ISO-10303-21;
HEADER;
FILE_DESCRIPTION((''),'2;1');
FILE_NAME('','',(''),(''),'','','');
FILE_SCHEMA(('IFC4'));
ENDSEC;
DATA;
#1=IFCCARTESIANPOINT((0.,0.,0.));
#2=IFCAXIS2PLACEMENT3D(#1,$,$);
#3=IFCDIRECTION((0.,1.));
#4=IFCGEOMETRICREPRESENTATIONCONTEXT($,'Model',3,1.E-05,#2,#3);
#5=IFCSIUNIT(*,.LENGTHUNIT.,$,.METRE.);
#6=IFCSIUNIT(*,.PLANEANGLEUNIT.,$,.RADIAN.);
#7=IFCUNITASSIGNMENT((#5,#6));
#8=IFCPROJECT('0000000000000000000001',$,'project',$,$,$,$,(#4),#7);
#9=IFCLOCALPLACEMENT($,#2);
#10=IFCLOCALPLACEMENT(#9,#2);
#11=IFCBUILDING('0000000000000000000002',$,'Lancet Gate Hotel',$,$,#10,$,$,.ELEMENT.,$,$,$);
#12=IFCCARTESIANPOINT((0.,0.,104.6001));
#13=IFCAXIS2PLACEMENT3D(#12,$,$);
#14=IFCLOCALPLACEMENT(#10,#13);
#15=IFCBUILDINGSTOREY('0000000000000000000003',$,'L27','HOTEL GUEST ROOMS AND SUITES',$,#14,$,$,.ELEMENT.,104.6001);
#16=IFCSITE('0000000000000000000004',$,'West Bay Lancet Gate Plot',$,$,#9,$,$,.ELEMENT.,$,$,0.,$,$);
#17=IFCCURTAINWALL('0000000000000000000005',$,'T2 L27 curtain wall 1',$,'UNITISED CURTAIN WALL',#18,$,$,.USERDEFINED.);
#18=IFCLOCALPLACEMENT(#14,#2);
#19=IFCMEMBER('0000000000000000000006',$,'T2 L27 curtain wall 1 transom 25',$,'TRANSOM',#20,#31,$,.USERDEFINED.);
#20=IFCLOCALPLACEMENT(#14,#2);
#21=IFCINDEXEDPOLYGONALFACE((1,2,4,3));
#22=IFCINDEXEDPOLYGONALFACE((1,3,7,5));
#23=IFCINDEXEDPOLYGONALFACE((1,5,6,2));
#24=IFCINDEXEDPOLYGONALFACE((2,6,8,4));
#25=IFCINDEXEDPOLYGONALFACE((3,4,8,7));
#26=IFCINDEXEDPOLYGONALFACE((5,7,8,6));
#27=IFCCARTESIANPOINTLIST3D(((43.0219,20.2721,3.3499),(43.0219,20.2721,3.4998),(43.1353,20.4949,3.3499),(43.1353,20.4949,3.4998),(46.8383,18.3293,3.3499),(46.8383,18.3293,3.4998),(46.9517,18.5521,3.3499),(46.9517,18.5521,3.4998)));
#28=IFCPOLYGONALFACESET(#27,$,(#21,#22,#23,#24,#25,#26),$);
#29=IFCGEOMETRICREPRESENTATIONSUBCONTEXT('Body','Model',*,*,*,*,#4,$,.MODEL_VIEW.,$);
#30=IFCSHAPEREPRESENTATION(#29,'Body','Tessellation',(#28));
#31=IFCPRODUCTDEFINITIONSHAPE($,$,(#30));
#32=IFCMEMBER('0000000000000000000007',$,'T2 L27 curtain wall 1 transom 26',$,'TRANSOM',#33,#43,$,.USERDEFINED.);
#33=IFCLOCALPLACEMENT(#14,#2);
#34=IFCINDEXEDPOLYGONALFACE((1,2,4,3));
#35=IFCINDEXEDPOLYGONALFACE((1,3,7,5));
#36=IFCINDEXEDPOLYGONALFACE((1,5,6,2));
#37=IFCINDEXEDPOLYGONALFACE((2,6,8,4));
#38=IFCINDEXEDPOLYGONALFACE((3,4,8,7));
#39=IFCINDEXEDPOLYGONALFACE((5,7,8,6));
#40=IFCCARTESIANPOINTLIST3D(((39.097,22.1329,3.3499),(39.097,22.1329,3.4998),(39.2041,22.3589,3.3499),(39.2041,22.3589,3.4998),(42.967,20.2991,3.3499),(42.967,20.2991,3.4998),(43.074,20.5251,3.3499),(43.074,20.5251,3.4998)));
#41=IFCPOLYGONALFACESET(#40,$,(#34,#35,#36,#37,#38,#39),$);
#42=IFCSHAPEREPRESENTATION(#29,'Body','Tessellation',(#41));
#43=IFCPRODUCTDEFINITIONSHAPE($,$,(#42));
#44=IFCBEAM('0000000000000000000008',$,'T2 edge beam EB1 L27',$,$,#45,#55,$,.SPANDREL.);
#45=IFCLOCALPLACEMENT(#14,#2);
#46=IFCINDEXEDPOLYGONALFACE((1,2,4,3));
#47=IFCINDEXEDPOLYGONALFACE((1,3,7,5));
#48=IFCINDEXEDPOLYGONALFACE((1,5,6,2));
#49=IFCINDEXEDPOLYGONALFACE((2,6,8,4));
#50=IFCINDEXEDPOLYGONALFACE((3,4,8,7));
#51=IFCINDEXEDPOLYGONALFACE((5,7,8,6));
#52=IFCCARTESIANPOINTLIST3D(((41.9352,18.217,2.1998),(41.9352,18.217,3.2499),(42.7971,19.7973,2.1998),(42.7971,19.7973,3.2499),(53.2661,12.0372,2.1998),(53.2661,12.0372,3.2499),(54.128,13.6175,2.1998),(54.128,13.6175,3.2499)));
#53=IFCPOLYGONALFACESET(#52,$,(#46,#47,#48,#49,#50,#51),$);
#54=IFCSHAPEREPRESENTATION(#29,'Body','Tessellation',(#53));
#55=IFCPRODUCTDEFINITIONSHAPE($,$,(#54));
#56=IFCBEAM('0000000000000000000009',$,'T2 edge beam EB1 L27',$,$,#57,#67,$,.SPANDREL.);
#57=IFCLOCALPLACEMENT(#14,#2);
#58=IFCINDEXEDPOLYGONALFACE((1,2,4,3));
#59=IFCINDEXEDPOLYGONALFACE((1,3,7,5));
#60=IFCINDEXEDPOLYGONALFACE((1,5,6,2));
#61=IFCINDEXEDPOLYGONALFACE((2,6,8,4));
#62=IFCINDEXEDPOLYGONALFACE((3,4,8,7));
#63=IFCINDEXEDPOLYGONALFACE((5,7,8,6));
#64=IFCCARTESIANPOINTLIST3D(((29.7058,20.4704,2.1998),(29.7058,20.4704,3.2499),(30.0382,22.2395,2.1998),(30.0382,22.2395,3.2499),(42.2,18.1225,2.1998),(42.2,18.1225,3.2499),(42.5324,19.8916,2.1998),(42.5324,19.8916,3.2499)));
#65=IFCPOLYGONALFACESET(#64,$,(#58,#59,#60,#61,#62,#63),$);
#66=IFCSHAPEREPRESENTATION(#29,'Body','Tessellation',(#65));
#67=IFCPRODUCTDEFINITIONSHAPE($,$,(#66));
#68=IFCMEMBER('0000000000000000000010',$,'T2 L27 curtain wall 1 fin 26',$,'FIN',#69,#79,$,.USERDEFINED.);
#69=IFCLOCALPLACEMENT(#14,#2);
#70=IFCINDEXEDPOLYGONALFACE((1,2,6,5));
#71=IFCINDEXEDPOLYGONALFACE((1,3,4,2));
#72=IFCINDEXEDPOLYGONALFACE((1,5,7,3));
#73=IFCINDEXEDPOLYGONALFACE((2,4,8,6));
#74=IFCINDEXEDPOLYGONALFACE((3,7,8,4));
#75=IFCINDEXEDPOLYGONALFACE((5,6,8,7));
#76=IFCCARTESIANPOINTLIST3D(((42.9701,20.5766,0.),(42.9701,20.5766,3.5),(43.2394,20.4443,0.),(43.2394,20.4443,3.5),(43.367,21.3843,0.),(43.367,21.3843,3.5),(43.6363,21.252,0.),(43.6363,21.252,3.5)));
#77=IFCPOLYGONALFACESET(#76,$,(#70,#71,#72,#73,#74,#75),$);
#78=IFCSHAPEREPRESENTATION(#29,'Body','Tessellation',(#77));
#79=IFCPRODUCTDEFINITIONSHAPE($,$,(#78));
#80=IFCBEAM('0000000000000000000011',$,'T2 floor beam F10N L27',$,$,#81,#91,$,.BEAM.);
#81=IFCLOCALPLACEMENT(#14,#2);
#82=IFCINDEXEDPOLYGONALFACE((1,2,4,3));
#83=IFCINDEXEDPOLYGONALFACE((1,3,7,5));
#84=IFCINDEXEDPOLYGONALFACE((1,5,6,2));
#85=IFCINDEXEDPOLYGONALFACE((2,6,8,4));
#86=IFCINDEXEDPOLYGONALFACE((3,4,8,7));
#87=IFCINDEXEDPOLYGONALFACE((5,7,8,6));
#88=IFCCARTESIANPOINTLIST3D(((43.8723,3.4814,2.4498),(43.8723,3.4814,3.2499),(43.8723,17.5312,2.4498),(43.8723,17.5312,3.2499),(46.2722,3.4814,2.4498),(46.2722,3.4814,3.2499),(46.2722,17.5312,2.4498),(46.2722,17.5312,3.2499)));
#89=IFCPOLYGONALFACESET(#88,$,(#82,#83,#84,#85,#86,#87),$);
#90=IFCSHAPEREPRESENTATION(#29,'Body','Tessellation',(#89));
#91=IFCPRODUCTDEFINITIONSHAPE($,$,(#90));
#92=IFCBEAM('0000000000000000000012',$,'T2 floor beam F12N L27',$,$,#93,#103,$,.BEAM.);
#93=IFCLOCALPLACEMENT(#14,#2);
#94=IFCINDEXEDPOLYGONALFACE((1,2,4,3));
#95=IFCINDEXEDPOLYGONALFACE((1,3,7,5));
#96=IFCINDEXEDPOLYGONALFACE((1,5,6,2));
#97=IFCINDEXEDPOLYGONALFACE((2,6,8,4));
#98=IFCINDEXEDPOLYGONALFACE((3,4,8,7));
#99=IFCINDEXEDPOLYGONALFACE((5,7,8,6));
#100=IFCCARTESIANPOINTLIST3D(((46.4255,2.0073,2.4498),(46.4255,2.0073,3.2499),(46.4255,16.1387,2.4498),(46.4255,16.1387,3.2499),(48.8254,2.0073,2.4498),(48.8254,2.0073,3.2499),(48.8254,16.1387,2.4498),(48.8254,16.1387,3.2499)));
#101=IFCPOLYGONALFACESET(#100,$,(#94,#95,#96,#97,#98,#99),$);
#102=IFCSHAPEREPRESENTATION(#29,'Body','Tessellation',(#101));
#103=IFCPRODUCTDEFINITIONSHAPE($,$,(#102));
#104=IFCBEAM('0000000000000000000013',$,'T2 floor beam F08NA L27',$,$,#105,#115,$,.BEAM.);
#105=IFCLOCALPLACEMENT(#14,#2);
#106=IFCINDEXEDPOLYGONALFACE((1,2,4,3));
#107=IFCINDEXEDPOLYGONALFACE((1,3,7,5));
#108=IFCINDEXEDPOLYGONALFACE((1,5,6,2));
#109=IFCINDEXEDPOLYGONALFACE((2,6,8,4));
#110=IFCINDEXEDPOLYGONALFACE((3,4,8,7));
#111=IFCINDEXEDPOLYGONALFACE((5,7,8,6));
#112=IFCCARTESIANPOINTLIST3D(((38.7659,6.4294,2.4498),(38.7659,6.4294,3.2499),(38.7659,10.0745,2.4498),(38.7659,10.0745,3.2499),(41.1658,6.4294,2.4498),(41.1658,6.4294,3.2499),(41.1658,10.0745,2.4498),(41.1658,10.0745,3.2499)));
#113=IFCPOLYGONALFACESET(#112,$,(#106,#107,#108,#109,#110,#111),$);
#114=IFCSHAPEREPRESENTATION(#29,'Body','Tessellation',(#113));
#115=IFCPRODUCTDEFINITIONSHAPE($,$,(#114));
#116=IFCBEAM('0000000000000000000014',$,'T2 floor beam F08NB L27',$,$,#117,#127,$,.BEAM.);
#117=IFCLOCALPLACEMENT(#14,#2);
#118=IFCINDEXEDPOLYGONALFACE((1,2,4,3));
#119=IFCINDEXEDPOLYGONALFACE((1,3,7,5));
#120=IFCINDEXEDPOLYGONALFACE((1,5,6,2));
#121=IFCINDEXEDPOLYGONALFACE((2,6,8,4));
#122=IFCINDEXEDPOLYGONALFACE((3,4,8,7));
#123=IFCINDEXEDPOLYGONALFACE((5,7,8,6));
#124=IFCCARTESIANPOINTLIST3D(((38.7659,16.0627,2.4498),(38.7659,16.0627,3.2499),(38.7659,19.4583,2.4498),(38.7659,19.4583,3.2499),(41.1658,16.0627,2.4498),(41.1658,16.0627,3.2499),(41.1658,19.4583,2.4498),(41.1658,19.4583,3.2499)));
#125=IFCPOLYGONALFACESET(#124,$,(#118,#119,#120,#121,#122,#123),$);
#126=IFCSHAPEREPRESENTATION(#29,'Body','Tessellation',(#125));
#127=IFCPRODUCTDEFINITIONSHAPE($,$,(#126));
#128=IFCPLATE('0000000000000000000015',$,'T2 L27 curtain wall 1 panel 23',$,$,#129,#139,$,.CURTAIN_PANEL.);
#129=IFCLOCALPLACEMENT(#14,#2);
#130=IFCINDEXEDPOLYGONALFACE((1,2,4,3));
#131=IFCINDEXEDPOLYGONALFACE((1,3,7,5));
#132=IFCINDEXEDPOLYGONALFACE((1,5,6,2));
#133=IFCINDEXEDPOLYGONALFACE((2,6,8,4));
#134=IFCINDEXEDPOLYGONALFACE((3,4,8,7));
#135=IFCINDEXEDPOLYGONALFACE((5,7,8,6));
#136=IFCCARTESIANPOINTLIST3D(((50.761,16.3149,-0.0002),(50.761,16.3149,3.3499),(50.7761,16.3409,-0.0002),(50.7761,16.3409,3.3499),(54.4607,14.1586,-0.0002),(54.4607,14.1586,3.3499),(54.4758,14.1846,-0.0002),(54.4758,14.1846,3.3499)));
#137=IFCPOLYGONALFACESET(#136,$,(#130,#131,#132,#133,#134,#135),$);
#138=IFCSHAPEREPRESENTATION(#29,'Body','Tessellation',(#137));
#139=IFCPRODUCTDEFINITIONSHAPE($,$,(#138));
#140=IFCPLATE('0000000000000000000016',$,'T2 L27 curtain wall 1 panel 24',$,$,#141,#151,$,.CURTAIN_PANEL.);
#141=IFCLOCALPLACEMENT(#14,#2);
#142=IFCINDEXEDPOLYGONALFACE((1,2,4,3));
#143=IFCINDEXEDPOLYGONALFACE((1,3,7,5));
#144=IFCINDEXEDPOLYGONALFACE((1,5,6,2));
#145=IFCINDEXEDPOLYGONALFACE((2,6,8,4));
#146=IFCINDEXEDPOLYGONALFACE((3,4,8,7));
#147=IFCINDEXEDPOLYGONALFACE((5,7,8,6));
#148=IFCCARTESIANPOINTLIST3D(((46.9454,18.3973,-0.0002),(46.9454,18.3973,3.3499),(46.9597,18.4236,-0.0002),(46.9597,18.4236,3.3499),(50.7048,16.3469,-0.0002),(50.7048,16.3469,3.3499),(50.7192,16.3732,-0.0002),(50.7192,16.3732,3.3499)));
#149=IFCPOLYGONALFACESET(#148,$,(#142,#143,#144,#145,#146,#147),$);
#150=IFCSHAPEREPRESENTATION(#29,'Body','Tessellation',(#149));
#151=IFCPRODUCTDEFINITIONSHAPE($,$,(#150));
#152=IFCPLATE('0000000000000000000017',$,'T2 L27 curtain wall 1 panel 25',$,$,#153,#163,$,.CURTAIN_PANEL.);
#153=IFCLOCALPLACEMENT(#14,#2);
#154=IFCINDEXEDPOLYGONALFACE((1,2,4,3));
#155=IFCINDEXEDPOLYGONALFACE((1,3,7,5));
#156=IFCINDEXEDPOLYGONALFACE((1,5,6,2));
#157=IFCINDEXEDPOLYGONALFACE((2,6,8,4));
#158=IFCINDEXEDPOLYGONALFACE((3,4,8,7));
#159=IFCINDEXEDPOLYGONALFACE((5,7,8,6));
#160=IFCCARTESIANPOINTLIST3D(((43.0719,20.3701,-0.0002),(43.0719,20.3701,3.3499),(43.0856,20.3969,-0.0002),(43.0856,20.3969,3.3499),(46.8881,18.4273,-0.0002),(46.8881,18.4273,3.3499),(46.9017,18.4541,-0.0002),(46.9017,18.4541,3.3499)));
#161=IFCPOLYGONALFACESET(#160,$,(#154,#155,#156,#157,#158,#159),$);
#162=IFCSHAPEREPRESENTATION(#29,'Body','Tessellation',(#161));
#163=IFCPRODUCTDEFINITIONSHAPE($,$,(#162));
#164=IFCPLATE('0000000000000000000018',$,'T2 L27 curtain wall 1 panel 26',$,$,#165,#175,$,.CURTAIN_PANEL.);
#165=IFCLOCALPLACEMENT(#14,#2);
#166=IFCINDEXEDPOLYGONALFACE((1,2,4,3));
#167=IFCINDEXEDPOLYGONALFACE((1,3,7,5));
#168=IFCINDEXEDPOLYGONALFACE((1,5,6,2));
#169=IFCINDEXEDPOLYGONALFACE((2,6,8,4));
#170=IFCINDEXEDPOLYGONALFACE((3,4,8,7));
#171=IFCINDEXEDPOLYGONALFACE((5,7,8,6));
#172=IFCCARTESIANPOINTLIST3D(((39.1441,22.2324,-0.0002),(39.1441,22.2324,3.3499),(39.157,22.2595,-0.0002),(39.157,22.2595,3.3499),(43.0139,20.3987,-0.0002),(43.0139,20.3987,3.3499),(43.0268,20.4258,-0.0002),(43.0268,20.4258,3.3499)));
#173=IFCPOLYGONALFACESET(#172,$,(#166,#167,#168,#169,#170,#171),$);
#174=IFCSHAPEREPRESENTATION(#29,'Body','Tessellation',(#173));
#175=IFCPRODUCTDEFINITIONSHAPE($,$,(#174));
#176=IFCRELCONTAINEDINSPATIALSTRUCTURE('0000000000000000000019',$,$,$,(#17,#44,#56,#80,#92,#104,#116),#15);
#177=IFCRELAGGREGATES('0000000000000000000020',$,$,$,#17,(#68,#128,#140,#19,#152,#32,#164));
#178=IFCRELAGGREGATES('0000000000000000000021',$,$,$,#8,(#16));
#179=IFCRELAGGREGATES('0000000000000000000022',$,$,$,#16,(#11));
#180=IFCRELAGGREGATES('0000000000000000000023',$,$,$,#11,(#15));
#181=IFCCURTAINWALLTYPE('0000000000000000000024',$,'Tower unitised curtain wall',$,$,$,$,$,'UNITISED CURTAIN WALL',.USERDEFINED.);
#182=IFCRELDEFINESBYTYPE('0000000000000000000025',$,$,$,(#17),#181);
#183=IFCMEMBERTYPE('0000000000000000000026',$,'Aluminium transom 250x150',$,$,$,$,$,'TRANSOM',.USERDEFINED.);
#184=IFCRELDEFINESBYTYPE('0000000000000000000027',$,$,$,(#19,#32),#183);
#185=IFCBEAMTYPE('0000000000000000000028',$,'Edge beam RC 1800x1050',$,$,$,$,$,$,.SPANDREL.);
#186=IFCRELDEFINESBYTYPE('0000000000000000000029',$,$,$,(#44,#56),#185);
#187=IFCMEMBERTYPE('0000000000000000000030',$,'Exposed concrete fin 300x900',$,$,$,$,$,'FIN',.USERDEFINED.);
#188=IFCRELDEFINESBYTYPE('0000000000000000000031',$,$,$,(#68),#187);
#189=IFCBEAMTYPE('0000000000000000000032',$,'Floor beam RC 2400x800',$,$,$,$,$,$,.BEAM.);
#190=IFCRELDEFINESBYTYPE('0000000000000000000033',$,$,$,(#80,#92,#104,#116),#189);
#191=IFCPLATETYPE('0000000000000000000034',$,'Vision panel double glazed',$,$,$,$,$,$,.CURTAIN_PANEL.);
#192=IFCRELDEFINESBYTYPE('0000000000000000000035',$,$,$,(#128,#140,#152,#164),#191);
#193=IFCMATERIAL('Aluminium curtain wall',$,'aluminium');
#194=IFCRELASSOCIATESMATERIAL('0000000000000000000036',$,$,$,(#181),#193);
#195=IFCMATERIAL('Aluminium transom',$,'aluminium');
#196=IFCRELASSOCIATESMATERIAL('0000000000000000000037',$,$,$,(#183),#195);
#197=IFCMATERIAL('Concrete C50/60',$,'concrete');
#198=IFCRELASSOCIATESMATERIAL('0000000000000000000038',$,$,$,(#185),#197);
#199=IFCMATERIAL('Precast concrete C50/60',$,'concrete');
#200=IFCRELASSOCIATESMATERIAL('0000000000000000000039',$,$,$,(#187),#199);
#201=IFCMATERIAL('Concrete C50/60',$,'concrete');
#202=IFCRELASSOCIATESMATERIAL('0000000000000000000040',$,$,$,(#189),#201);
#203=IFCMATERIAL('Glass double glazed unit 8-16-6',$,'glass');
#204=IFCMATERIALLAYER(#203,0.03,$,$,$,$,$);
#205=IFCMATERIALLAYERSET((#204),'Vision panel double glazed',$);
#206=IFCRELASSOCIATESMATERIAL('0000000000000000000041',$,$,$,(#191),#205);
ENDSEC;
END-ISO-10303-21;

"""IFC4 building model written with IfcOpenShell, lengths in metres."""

from ifc_helpers import new_model, si_unit, direction, frame, origin, origin_2d, place, context, subcontext, project, spatial, rectangle, extrude, material, layer, layer_set, material_profile, profile_set, type_object, element, aggregate, save


model = new_model("IFC4")

# Units and contexts
model_context = context("Model", 3, precision=1e-05, world=origin(), true_north=direction((0.0, 1.0)))
body_context = subcontext(model_context, "Body", "Model", "MODEL_VIEW")
ifc_project = project(units=[si_unit("LENGTHUNIT", "METRE"), si_unit("PLANEANGLEUNIT", "RADIAN")], contexts=[model_context])

# Site, building, storey
site_placement = place(None, origin())
site = spatial("IfcSite", under=ifc_project, at=site_placement, Name="West Bay Lancet Gate Plot", CompositionType="ELEMENT", RefElevation=0.0)
building_placement = place(site_placement, origin())
building = spatial("IfcBuilding", under=site, at=building_placement, Name="Lancet Gate Hotel", CompositionType="ELEMENT")
storey_placement = place(building_placement, frame((0.0, 0.0, 104.6001)))
storey = spatial("IfcBuildingStorey", under=building, at=storey_placement, Name="L27", Description="HOTEL GUEST ROOMS AND SUITES", CompositionType="ELEMENT", Elevation=104.6001)

# Curtain wall, members
ifc_material_1 = material(Name="Aluminium curtain wall", Category="aluminium")
curtain_wall_type = type_object("IfcCurtainWallType", Name="Tower unitised curtain wall", ElementType="UNITISED CURTAIN WALL", PredefinedType="USERDEFINED", material=ifc_material_1)
curtain_wall_placement = place(storey_placement, origin())
curtain_wall = element("IfcCurtainWall", 1, at=curtain_wall_placement, inside=storey, type_object=curtain_wall_type, Name="T2 L27 curtain wall 1", ObjectType="UNITISED CURTAIN WALL", PredefinedType="USERDEFINED")
ifc_material_2 = material(Name="Aluminium transom", Category="aluminium")
ifc_material_profile_1 = material_profile(ifc_material_2, rectangle(XDim=0.25, YDim=0.1499, at=origin_2d()), Name="TRANSOM 250x150")
ifc_profile_set_1 = profile_set([ifc_material_profile_1], Name="Aluminium transom")
member_type_1 = type_object("IfcMemberType", Name="Aluminium transom 250x150", ElementType="TRANSOM", PredefinedType="USERDEFINED", material=ifc_profile_set_1)
member_1_placement = place(storey_placement, frame((46.895, 18.4407, 3.4248), z_axis=(-0.891166, 0.453678, 0.0), x_axis=(-0.453678, -0.891166, 0.0)))
member_1 = element("IfcMember", 2, at=member_1_placement, type_object=member_type_1, Name="T2 L27 curtain wall 1 transom 25", ObjectType="TRANSOM", PredefinedType="USERDEFINED", context=body_context, shape_type="SweptSolid", body=[
    extrude(rectangle(XDim=0.25, YDim=0.1499, at=origin_2d()), origin(), (0.0, 0.0, 1.0), 4.2825),
])
member_2_placement = place(storey_placement, frame((43.0205, 20.4121, 3.4248), z_axis=(-0.90368, 0.428209, 0.0), x_axis=(-0.428209, -0.90368, 0.0)))
member_2 = element("IfcMember", 3, at=member_2_placement, type_object=member_type_1, Name="T2 L27 curtain wall 1 transom 26", ObjectType="TRANSOM", PredefinedType="USERDEFINED", context=body_context, shape_type="SweptSolid", body=[
    extrude(rectangle(XDim=0.25, YDim=0.1499, at=origin_2d()), origin(), (0.0, 0.0, 1.0), 4.2825),
])

# Beams
ifc_material_3 = material(Name="Concrete C50/60", Category="concrete")
ifc_material_profile_2 = material_profile(ifc_material_3, rectangle(XDim=1.8, YDim=1.05, at=origin_2d()), Name="RC 1800x1050")
ifc_profile_set_2 = profile_set([ifc_material_profile_2], Name="Concrete C50/60")
beam_type_1 = type_object("IfcBeamType", Name="Edge beam RC 1800x1050", PredefinedType="SPANDREL", material=ifc_profile_set_2)
beam_1_placement = place(storey_placement, frame((53.697, 12.8274, 2.7249), z_axis=(-0.87792, 0.478807, 0.0), x_axis=(-0.478807, -0.87792, 0.0)))
element("IfcBeam", 4, at=beam_1_placement, inside=storey, type_object=beam_type_1, Name="T2 edge beam EB1 L27", PredefinedType="SPANDREL", context=body_context, shape_type="SweptSolid", body=[
    extrude(rectangle(XDim=1.8, YDim=1.05, at=origin_2d()), origin(), (0.0, 0.0, 1.0), 12.9065),
])
beam_2_placement = place(storey_placement, frame((42.3662, 19.0071, 2.7249), z_axis=(-0.982797, 0.184687, 0.0), x_axis=(-0.184687, -0.982797, 0.0)))
element("IfcBeam", 5, at=beam_2_placement, inside=storey, type_object=beam_type_1, Name="T2 edge beam EB1 L27", PredefinedType="SPANDREL", context=body_context, shape_type="SweptSolid", body=[
    extrude(rectangle(XDim=1.8, YDim=1.05, at=origin_2d()), origin(), (0.0, 0.0, 1.0), 12.7129),
])

# Member
ifc_material_4 = material(Name="Precast concrete C50/60", Category="concrete")
ifc_material_profile_3 = material_profile(ifc_material_4, rectangle(XDim=0.3, YDim=0.8999, at=origin_2d()), Name="FIN 300x900")
ifc_profile_set_3 = profile_set([ifc_material_profile_3], Name="Precast concrete C50/60")
member_type_2 = type_object("IfcMemberType", Name="Exposed concrete fin 300x900", ElementType="FIN", PredefinedType="USERDEFINED", material=ifc_profile_set_3)
member_3_placement = place(storey_placement, frame((43.3032, 20.9143, 0.0), z_axis=(0.0, 0.0, 1.0), x_axis=(-0.897512, 0.44099, 0.0)))
member_3 = element("IfcMember", 6, at=member_3_placement, type_object=member_type_2, Name="T2 L27 curtain wall 1 fin 26", ObjectType="FIN", PredefinedType="USERDEFINED", context=body_context, shape_type="SweptSolid", body=[
    extrude(rectangle(XDim=0.3, YDim=0.8999, at=origin_2d()), origin(), (0.0, 0.0, 1.0), 3.5),
])

# Beams
ifc_material_5 = material(Name="Concrete C50/60", Category="concrete")
ifc_material_profile_4 = material_profile(ifc_material_5, rectangle(XDim=2.3999, YDim=0.8, at=origin_2d()), Name="RC 2400x800")
ifc_profile_set_4 = profile_set([ifc_material_profile_4], Name="Concrete C50/60")
beam_type_2 = type_object("IfcBeamType", Name="Floor beam RC 2400x800", PredefinedType="BEAM", material=ifc_profile_set_4)
beam_3_placement = place(storey_placement, frame((45.0723, 3.4814, 2.8499), z_axis=(0.0, 1.0, 0.0), x_axis=(-1.0, 0.0, 0.0)))
element("IfcBeam", 7, at=beam_3_placement, inside=storey, type_object=beam_type_2, Name="T2 floor beam F10N L27", PredefinedType="BEAM", context=body_context, shape_type="SweptSolid", body=[
    extrude(rectangle(XDim=2.3999, YDim=0.8, at=origin_2d()), origin(), (0.0, 0.0, 1.0), 14.0498),
])
beam_4_placement = place(storey_placement, frame((47.6255, 2.0073, 2.8499), z_axis=(0.0, 1.0, 0.0), x_axis=(-1.0, 0.0, 0.0)))
element("IfcBeam", 8, at=beam_4_placement, inside=storey, type_object=beam_type_2, Name="T2 floor beam F12N L27", PredefinedType="BEAM", context=body_context, shape_type="SweptSolid", body=[
    extrude(rectangle(XDim=2.3999, YDim=0.8, at=origin_2d()), origin(), (0.0, 0.0, 1.0), 14.1313),
])
beam_5_placement = place(storey_placement, frame((39.9658, 6.4294, 2.8499), z_axis=(0.0, 1.0, 0.0), x_axis=(-1.0, 0.0, 0.0)))
element("IfcBeam", 9, at=beam_5_placement, inside=storey, type_object=beam_type_2, Name="T2 floor beam F08NA L27", PredefinedType="BEAM", context=body_context, shape_type="SweptSolid", body=[
    extrude(rectangle(XDim=2.3999, YDim=0.8, at=origin_2d()), origin(), (0.0, 0.0, 1.0), 3.645),
])
beam_6_placement = place(storey_placement, frame((39.9658, 16.0627, 2.8499), z_axis=(0.0, 1.0, 0.0), x_axis=(-1.0, 0.0, 0.0)))
element("IfcBeam", 10, at=beam_6_placement, inside=storey, type_object=beam_type_2, Name="T2 floor beam F08NB L27", PredefinedType="BEAM", context=body_context, shape_type="SweptSolid", body=[
    extrude(rectangle(XDim=2.3999, YDim=0.8, at=origin_2d()), origin(), (0.0, 0.0, 1.0), 3.3955),
])

# Plates
ifc_material_6 = material(Name="Glass double glazed unit 8-16-6", Category="glass")
ifc_layer_1 = layer(ifc_material_6, 0.03)
ifc_layer_set_1 = layer_set([ifc_layer_1], Name="Vision panel double glazed")
plate_type = type_object("IfcPlateType", Name="Vision panel double glazed", PredefinedType="CURTAIN_PANEL", material=ifc_layer_set_1)
plate_1_placement = place(storey_placement, frame((52.6184, 15.2498, -0.0002), z_axis=(0.0, 0.0, 1.0), x_axis=(-0.863966, 0.503551, 0.0)))
plate_1 = element("IfcPlate", 11, at=plate_1_placement, type_object=plate_type, Name="T2 L27 curtain wall 1 panel 23", PredefinedType="CURTAIN_PANEL", context=body_context, shape_type="SweptSolid", body=[
    extrude(rectangle(XDim=4.2822, YDim=0.03, at=origin_2d()), origin(), (0.0, 0.0, 1.0), 3.3501),
])
plate_2_placement = place(storey_placement, frame((48.8323, 17.3853, -0.0002), z_axis=(0.0, 0.0, 1.0), x_axis=(-0.877916, 0.478814, 0.0)))
plate_2 = element("IfcPlate", 12, at=plate_2_placement, type_object=plate_type, Name="T2 L27 curtain wall 1 panel 24", PredefinedType="CURTAIN_PANEL", context=body_context, shape_type="SweptSolid", body=[
    extrude(rectangle(XDim=4.2822, YDim=0.03, at=origin_2d()), origin(), (0.0, 0.0, 1.0), 3.3501),
])
plate_3_placement = place(storey_placement, frame((44.9868, 19.4121, -0.0002), z_axis=(0.0, 0.0, 1.0), x_axis=(-0.891159, 0.45369, 0.0)))
plate_3 = element("IfcPlate", 13, at=plate_3_placement, type_object=plate_type, Name="T2 L27 curtain wall 1 panel 25", PredefinedType="CURTAIN_PANEL", context=body_context, shape_type="SweptSolid", body=[
    extrude(rectangle(XDim=4.2822, YDim=0.03, at=origin_2d()), origin(), (0.0, 0.0, 1.0), 3.3501),
])
plate_4_placement = place(storey_placement, frame((41.0854, 21.3291, -0.0002), z_axis=(0.0, 0.0, 1.0), x_axis=(-0.903683, 0.428201, 0.0)))
plate_4 = element("IfcPlate", 14, at=plate_4_placement, type_object=plate_type, Name="T2 L27 curtain wall 1 panel 26", PredefinedType="CURTAIN_PANEL", context=body_context, shape_type="SweptSolid", body=[
    extrude(rectangle(XDim=4.2822, YDim=0.03, at=origin_2d()), origin(), (0.0, 0.0, 1.0), 3.3501),
])
aggregate(curtain_wall, [member_3, plate_1, plate_2, member_1, plate_3, member_2, plate_4])

save(model, "model.ifc")
